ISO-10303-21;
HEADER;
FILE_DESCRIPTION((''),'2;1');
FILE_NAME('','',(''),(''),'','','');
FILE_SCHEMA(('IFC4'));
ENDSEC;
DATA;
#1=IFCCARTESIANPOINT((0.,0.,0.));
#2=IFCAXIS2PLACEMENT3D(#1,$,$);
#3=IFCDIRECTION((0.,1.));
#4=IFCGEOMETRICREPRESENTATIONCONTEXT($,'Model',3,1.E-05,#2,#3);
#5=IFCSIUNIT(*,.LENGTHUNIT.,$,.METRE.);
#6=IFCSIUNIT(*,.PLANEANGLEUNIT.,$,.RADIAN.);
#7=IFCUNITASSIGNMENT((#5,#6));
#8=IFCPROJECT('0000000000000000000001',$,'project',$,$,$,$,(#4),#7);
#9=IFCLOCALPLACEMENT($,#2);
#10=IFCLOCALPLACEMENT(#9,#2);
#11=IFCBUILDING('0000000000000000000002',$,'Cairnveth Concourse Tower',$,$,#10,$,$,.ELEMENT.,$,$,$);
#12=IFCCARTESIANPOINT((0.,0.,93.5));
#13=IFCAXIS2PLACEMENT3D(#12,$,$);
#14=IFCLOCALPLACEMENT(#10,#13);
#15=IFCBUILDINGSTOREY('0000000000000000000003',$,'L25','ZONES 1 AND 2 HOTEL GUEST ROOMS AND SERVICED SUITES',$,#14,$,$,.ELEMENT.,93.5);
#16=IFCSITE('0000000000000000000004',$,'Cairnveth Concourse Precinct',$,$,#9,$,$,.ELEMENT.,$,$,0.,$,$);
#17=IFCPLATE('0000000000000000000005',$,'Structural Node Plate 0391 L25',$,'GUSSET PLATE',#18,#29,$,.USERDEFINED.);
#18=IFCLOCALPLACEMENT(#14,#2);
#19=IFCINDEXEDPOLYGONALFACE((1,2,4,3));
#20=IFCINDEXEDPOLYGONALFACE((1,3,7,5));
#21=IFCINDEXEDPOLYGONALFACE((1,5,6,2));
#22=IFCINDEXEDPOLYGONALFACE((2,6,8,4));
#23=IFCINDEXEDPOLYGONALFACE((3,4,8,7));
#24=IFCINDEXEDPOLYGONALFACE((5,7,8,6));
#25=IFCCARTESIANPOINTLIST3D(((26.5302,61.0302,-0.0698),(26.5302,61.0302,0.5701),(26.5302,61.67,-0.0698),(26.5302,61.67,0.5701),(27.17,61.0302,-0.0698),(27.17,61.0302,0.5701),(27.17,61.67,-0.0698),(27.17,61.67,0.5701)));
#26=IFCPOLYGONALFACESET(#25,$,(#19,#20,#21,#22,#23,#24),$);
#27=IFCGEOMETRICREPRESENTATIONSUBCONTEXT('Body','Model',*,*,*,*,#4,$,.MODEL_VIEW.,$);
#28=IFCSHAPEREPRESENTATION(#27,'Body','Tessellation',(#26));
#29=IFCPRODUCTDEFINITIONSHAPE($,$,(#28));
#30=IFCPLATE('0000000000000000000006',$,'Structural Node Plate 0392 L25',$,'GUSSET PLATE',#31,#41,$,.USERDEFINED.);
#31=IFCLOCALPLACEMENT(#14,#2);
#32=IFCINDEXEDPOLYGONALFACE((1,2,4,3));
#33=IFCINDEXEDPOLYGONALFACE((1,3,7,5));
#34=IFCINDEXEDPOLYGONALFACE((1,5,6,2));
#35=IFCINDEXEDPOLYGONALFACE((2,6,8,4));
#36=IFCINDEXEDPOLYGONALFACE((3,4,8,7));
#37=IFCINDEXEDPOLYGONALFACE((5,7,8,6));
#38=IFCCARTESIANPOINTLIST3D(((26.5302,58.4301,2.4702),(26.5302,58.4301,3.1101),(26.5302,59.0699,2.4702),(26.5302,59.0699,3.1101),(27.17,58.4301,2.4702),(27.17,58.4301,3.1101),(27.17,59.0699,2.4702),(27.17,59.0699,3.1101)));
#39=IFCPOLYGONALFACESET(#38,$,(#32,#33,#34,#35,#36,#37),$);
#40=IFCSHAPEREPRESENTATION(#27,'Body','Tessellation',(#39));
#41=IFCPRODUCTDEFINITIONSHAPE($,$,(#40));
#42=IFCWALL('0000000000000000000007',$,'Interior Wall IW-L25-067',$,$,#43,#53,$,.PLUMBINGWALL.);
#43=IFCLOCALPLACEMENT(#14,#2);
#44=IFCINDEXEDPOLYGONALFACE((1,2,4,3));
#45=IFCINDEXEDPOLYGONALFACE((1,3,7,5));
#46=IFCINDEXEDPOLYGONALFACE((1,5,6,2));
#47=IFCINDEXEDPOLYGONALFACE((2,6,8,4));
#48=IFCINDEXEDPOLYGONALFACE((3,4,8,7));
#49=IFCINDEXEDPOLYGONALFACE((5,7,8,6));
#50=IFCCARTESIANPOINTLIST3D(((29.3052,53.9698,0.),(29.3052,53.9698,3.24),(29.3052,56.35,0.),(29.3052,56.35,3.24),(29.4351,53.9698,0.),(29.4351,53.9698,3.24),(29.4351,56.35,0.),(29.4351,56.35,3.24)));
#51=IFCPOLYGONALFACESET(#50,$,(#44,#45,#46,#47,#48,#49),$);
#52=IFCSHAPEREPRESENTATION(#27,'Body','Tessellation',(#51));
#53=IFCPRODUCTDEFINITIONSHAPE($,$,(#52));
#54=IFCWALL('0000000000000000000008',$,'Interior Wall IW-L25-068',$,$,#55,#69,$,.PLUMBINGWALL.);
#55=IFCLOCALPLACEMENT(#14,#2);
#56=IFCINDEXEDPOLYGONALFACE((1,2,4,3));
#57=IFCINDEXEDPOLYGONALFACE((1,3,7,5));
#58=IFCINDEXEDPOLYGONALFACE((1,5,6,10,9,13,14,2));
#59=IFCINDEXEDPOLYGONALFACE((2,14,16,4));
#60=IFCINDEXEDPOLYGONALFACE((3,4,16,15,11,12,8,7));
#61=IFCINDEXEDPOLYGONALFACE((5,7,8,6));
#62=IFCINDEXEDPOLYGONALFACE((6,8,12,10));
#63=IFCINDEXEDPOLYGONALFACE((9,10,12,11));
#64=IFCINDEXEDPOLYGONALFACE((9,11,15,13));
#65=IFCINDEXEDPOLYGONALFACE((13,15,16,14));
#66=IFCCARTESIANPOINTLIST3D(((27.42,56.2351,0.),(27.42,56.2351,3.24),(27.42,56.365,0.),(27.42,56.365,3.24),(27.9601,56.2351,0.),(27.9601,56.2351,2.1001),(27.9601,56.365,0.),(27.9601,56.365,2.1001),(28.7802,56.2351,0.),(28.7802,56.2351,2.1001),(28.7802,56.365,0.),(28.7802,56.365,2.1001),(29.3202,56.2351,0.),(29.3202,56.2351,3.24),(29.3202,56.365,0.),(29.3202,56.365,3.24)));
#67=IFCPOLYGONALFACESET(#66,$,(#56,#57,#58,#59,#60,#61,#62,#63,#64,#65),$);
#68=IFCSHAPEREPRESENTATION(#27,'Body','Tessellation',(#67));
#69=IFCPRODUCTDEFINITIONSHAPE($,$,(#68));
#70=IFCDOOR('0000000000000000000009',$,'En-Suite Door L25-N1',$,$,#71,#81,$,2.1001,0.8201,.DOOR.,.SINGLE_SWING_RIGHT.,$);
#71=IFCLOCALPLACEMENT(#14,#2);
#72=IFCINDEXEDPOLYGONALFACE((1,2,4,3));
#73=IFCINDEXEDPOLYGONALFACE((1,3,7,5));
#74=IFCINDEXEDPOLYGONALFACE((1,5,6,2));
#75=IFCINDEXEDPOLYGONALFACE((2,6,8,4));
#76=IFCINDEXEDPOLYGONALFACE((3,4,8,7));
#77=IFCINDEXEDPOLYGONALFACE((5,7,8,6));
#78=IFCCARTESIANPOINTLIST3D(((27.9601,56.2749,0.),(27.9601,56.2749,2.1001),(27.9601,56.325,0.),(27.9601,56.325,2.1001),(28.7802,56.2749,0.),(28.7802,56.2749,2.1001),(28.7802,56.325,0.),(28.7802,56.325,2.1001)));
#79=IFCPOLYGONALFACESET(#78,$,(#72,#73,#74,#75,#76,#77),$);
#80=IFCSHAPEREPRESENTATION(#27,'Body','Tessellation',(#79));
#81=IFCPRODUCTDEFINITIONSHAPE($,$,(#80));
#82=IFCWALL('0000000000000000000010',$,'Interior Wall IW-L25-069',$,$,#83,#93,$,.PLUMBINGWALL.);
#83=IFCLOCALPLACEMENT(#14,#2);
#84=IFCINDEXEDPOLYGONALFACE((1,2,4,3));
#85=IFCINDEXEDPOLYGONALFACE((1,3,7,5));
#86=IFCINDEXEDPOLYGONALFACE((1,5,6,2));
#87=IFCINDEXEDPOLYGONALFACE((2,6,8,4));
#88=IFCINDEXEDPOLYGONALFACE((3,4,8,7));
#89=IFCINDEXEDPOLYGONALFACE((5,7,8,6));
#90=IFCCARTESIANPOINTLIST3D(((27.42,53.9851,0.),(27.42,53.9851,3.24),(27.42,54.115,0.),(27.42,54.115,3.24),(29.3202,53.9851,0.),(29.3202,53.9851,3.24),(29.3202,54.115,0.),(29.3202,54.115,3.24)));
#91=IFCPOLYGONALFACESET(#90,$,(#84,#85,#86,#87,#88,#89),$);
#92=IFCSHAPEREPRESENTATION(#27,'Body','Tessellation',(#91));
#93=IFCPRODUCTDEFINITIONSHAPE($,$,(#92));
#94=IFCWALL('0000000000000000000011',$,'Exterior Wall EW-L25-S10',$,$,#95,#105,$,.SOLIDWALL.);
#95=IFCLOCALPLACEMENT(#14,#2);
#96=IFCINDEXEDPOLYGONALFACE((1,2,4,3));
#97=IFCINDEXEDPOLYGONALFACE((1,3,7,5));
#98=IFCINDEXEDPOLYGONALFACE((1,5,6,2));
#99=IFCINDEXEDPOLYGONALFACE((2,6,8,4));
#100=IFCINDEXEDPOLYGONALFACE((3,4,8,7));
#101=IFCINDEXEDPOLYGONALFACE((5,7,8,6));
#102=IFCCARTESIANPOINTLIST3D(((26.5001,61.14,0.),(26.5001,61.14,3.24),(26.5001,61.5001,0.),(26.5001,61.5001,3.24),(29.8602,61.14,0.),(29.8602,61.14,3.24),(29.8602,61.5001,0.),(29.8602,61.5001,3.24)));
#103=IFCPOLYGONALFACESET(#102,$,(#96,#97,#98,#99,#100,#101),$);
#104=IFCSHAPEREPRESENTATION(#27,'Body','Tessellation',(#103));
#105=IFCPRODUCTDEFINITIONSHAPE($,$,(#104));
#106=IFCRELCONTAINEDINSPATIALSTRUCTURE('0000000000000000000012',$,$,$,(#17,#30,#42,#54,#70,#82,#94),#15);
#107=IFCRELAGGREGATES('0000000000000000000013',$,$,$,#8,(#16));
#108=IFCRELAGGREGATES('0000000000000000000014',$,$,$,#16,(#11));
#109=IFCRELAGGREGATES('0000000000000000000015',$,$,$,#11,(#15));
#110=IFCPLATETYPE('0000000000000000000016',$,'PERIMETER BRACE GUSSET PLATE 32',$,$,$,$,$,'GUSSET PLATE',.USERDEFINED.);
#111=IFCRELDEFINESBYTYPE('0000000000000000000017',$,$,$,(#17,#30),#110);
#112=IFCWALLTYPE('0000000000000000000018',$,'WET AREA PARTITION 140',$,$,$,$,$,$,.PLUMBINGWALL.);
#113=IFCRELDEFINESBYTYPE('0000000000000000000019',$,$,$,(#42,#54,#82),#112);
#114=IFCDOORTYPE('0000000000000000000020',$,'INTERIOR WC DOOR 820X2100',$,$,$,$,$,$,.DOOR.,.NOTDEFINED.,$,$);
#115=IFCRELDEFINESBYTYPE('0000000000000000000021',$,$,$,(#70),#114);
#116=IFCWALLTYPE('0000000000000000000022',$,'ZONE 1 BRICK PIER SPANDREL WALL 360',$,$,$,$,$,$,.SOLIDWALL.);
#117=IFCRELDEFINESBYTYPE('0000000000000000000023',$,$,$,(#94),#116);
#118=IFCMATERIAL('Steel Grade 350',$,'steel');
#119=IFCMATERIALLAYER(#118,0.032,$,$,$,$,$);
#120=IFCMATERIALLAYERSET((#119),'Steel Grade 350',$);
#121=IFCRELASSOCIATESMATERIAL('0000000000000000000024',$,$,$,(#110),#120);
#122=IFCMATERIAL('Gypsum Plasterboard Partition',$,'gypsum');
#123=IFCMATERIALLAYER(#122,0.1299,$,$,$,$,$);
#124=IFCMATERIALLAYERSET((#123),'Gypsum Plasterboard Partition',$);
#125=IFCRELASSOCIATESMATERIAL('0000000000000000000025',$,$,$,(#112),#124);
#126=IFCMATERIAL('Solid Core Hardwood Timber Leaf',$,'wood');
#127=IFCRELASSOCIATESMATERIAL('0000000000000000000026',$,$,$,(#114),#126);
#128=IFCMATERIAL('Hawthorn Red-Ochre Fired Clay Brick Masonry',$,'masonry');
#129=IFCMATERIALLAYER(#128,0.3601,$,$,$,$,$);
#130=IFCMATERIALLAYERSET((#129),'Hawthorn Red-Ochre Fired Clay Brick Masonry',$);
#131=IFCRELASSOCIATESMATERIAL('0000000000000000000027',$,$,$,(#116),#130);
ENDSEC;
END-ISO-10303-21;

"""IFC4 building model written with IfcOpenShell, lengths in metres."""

from ifc_helpers import new_model, si_unit, direction, frame, frame_2d, origin, origin_2d, place, context, subcontext, project, spatial, rectangle, extrude, material, layer, layer_set, type_object, element, fill, save


model = new_model("IFC4")

# Units and contexts
model_context = context("Model", 3, precision=1e-05, world=origin(), true_north=direction((0.0, 1.0)))
body_context = subcontext(model_context, "Body", "Model", "MODEL_VIEW")
ifc_project = project(units=[si_unit("LENGTHUNIT", "METRE"), si_unit("PLANEANGLEUNIT", "RADIAN")], contexts=[model_context])

# Site, building, storey
site_placement = place(None, origin())
site = spatial("IfcSite", under=ifc_project, at=site_placement, Name="Cairnveth Concourse Precinct", CompositionType="ELEMENT", RefElevation=0.0)
building_placement = place(site_placement, origin())
building = spatial("IfcBuilding", under=site, at=building_placement, Name="Cairnveth Concourse Tower", CompositionType="ELEMENT")
storey_placement = place(building_placement, frame((0.0, 0.0, 93.5)))
storey = spatial("IfcBuildingStorey", under=building, at=storey_placement, Name="L25", Description="ZONES 1 AND 2 HOTEL GUEST ROOMS AND SERVICED SUITES", CompositionType="ELEMENT", Elevation=93.5)

# Shared definitions
ifc_material_1 = material(Name="Steel Grade 350", Category="steel")

# Plates
ifc_layer_1 = layer(ifc_material_1, 0.032)
ifc_layer_set_1 = layer_set([ifc_layer_1], Name="Steel Grade 350")
plate_type = type_object("IfcPlateType", Name="PERIMETER BRACE GUSSET PLATE 32", ElementType="GUSSET PLATE", PredefinedType="USERDEFINED", material=ifc_layer_set_1)
for number, where, z_axis, x_axis, name in (
    (1, (26.8501, 61.3501, -0.0698), (0.0, 0.0, 1.0), (1.0, 0.0, 0.0), "Structural Node Plate 0391 L25"),
    (2, (26.8501, 58.75, 2.4702), (0.0, 0.0, 1.0), (1.0, 0.0, 0.0), "Structural Node Plate 0392 L25"),
):
    element("IfcPlate", number, at=place(storey_placement, frame(where, z_axis=z_axis, x_axis=x_axis)), inside=storey, type_object=plate_type, Name=name, ObjectType="GUSSET PLATE", PredefinedType="USERDEFINED", context=body_context, shape_type="SweptSolid", body=[
        extrude(rectangle(XDim=0.6399, YDim=0.6399, at=origin_2d()), origin(), (0.0, 0.0, 1.0), 0.6399),
    ])

# Wall
ifc_material_2 = material(Name="Gypsum Plasterboard Partition", Category="gypsum")
ifc_layer_2 = layer(ifc_material_2, 0.1299)
ifc_layer_set_2 = layer_set([ifc_layer_2], Name="Gypsum Plasterboard Partition")
wall_type_1 = type_object("IfcWallType", Name="WET AREA PARTITION 140", PredefinedType="PLUMBINGWALL", material=ifc_layer_set_2)
wall_1_placement = place(storey_placement, frame((29.3701, 53.97, 0.0), z_axis=(0.0, 0.0, 1.0), x_axis=(0.0, 1.0, 0.0)))
element("IfcWall", 3, at=wall_1_placement, inside=storey, type_object=wall_type_1, Name="Interior Wall IW-L25-067", PredefinedType="PLUMBINGWALL", context=body_context, shape_type="SweptSolid", body=[
    extrude(rectangle(XDim=2.3801, YDim=0.1299, at=frame_2d((1.1899, 0.0))), origin(), (0.0, 0.0, 1.0), 3.24),
])

# Wall, opening, door
wall_2_placement = place(storey_placement, frame((27.4199, 56.3, 0.0), z_axis=(0.0, 0.0, 1.0), x_axis=(1.0, 0.0, 0.0)))
wall_2 = element("IfcWall", 4, at=wall_2_placement, inside=storey, type_object=wall_type_1, Name="Interior Wall IW-L25-068", PredefinedType="PLUMBINGWALL", context=body_context, shape_type="SweptSolid", body=[
    extrude(rectangle(XDim=1.9001, YDim=0.1299, at=frame_2d((0.9502, 0.0))), origin(), (0.0, 0.0, 1.0), 3.24),
])
opening_1_placement = place(wall_2_placement, frame((0.54, 0.0, 0.0)))
opening_1 = element("IfcOpeningElement", 5, at=opening_1_placement, cuts=wall_2, PredefinedType="OPENING", context=body_context, shape_type="SweptSolid", body=[
    extrude(rectangle(XDim=0.8201, YDim=2.1001, at=frame_2d((0.4102, 1.05))), frame((0.0, 0.075, 0.0), z_axis=(0.0, -1.0, 0.0), x_axis=(1.0, 0.0, 0.0)), (0.0, 0.0, 1.0), 0.1499),
])
ifc_material_3 = material(Name="Solid Core Hardwood Timber Leaf", Category="wood")
door_type = type_object("IfcDoorType", Name="INTERIOR WC DOOR 820X2100", OperationType="NOTDEFINED", PredefinedType="DOOR", material=ifc_material_3)
door_placement = place(opening_1_placement, origin())
door = element("IfcDoor", 6, at=door_placement, inside=storey, type_object=door_type, Name="En-Suite Door L25-N1", OperationType="SINGLE_SWING_RIGHT", OverallHeight=2.1001, OverallWidth=0.8201, PredefinedType="DOOR", context=body_context, shape_type="SweptSolid", body=[
    extrude(rectangle(XDim=0.8201, YDim=2.1001, at=frame_2d((0.4102, 1.05))), frame((0.0, 0.0249, 0.0), z_axis=(0.0, -1.0, 0.0), x_axis=(1.0, 0.0, 0.0)), (0.0, 0.0, 1.0), 0.05),
])
fill(opening_1, door)

# Walls
wall_3_placement = place(storey_placement, frame((27.4199, 54.05, 0.0), z_axis=(0.0, 0.0, 1.0), x_axis=(1.0, 0.0, 0.0)))
element("IfcWall", 7, at=wall_3_placement, inside=storey, type_object=wall_type_1, Name="Interior Wall IW-L25-069", PredefinedType="PLUMBINGWALL", context=body_context, shape_type="SweptSolid", body=[
    extrude(rectangle(XDim=1.9001, YDim=0.1299, at=frame_2d((0.9502, 0.0))), origin(), (0.0, 0.0, 1.0), 3.24),
])
ifc_material_4 = material(Name="Hawthorn Red-Ochre Fired Clay Brick Masonry", Category="masonry")
ifc_layer_3 = layer(ifc_material_4, 0.3601)
ifc_layer_set_3 = layer_set([ifc_layer_3], Name="Hawthorn Red-Ochre Fired Clay Brick Masonry")
wall_type_2 = type_object("IfcWallType", Name="ZONE 1 BRICK PIER SPANDREL WALL 360", PredefinedType="SOLIDWALL", material=ifc_layer_set_3)
wall_4_placement = place(storey_placement, frame((26.5, 61.3201, 0.0), z_axis=(0.0, 0.0, 1.0), x_axis=(1.0, 0.0, 0.0)))
element("IfcWall", 8, at=wall_4_placement, inside=storey, type_object=wall_type_2, Name="Exterior Wall EW-L25-S10", PredefinedType="SOLIDWALL", context=body_context, shape_type="SweptSolid", body=[
    extrude(rectangle(XDim=3.3601, YDim=0.3601, at=frame_2d((1.6802, 0.0))), origin(), (0.0, 0.0, 1.0), 3.24),
])

save(model, "model.ifc")
